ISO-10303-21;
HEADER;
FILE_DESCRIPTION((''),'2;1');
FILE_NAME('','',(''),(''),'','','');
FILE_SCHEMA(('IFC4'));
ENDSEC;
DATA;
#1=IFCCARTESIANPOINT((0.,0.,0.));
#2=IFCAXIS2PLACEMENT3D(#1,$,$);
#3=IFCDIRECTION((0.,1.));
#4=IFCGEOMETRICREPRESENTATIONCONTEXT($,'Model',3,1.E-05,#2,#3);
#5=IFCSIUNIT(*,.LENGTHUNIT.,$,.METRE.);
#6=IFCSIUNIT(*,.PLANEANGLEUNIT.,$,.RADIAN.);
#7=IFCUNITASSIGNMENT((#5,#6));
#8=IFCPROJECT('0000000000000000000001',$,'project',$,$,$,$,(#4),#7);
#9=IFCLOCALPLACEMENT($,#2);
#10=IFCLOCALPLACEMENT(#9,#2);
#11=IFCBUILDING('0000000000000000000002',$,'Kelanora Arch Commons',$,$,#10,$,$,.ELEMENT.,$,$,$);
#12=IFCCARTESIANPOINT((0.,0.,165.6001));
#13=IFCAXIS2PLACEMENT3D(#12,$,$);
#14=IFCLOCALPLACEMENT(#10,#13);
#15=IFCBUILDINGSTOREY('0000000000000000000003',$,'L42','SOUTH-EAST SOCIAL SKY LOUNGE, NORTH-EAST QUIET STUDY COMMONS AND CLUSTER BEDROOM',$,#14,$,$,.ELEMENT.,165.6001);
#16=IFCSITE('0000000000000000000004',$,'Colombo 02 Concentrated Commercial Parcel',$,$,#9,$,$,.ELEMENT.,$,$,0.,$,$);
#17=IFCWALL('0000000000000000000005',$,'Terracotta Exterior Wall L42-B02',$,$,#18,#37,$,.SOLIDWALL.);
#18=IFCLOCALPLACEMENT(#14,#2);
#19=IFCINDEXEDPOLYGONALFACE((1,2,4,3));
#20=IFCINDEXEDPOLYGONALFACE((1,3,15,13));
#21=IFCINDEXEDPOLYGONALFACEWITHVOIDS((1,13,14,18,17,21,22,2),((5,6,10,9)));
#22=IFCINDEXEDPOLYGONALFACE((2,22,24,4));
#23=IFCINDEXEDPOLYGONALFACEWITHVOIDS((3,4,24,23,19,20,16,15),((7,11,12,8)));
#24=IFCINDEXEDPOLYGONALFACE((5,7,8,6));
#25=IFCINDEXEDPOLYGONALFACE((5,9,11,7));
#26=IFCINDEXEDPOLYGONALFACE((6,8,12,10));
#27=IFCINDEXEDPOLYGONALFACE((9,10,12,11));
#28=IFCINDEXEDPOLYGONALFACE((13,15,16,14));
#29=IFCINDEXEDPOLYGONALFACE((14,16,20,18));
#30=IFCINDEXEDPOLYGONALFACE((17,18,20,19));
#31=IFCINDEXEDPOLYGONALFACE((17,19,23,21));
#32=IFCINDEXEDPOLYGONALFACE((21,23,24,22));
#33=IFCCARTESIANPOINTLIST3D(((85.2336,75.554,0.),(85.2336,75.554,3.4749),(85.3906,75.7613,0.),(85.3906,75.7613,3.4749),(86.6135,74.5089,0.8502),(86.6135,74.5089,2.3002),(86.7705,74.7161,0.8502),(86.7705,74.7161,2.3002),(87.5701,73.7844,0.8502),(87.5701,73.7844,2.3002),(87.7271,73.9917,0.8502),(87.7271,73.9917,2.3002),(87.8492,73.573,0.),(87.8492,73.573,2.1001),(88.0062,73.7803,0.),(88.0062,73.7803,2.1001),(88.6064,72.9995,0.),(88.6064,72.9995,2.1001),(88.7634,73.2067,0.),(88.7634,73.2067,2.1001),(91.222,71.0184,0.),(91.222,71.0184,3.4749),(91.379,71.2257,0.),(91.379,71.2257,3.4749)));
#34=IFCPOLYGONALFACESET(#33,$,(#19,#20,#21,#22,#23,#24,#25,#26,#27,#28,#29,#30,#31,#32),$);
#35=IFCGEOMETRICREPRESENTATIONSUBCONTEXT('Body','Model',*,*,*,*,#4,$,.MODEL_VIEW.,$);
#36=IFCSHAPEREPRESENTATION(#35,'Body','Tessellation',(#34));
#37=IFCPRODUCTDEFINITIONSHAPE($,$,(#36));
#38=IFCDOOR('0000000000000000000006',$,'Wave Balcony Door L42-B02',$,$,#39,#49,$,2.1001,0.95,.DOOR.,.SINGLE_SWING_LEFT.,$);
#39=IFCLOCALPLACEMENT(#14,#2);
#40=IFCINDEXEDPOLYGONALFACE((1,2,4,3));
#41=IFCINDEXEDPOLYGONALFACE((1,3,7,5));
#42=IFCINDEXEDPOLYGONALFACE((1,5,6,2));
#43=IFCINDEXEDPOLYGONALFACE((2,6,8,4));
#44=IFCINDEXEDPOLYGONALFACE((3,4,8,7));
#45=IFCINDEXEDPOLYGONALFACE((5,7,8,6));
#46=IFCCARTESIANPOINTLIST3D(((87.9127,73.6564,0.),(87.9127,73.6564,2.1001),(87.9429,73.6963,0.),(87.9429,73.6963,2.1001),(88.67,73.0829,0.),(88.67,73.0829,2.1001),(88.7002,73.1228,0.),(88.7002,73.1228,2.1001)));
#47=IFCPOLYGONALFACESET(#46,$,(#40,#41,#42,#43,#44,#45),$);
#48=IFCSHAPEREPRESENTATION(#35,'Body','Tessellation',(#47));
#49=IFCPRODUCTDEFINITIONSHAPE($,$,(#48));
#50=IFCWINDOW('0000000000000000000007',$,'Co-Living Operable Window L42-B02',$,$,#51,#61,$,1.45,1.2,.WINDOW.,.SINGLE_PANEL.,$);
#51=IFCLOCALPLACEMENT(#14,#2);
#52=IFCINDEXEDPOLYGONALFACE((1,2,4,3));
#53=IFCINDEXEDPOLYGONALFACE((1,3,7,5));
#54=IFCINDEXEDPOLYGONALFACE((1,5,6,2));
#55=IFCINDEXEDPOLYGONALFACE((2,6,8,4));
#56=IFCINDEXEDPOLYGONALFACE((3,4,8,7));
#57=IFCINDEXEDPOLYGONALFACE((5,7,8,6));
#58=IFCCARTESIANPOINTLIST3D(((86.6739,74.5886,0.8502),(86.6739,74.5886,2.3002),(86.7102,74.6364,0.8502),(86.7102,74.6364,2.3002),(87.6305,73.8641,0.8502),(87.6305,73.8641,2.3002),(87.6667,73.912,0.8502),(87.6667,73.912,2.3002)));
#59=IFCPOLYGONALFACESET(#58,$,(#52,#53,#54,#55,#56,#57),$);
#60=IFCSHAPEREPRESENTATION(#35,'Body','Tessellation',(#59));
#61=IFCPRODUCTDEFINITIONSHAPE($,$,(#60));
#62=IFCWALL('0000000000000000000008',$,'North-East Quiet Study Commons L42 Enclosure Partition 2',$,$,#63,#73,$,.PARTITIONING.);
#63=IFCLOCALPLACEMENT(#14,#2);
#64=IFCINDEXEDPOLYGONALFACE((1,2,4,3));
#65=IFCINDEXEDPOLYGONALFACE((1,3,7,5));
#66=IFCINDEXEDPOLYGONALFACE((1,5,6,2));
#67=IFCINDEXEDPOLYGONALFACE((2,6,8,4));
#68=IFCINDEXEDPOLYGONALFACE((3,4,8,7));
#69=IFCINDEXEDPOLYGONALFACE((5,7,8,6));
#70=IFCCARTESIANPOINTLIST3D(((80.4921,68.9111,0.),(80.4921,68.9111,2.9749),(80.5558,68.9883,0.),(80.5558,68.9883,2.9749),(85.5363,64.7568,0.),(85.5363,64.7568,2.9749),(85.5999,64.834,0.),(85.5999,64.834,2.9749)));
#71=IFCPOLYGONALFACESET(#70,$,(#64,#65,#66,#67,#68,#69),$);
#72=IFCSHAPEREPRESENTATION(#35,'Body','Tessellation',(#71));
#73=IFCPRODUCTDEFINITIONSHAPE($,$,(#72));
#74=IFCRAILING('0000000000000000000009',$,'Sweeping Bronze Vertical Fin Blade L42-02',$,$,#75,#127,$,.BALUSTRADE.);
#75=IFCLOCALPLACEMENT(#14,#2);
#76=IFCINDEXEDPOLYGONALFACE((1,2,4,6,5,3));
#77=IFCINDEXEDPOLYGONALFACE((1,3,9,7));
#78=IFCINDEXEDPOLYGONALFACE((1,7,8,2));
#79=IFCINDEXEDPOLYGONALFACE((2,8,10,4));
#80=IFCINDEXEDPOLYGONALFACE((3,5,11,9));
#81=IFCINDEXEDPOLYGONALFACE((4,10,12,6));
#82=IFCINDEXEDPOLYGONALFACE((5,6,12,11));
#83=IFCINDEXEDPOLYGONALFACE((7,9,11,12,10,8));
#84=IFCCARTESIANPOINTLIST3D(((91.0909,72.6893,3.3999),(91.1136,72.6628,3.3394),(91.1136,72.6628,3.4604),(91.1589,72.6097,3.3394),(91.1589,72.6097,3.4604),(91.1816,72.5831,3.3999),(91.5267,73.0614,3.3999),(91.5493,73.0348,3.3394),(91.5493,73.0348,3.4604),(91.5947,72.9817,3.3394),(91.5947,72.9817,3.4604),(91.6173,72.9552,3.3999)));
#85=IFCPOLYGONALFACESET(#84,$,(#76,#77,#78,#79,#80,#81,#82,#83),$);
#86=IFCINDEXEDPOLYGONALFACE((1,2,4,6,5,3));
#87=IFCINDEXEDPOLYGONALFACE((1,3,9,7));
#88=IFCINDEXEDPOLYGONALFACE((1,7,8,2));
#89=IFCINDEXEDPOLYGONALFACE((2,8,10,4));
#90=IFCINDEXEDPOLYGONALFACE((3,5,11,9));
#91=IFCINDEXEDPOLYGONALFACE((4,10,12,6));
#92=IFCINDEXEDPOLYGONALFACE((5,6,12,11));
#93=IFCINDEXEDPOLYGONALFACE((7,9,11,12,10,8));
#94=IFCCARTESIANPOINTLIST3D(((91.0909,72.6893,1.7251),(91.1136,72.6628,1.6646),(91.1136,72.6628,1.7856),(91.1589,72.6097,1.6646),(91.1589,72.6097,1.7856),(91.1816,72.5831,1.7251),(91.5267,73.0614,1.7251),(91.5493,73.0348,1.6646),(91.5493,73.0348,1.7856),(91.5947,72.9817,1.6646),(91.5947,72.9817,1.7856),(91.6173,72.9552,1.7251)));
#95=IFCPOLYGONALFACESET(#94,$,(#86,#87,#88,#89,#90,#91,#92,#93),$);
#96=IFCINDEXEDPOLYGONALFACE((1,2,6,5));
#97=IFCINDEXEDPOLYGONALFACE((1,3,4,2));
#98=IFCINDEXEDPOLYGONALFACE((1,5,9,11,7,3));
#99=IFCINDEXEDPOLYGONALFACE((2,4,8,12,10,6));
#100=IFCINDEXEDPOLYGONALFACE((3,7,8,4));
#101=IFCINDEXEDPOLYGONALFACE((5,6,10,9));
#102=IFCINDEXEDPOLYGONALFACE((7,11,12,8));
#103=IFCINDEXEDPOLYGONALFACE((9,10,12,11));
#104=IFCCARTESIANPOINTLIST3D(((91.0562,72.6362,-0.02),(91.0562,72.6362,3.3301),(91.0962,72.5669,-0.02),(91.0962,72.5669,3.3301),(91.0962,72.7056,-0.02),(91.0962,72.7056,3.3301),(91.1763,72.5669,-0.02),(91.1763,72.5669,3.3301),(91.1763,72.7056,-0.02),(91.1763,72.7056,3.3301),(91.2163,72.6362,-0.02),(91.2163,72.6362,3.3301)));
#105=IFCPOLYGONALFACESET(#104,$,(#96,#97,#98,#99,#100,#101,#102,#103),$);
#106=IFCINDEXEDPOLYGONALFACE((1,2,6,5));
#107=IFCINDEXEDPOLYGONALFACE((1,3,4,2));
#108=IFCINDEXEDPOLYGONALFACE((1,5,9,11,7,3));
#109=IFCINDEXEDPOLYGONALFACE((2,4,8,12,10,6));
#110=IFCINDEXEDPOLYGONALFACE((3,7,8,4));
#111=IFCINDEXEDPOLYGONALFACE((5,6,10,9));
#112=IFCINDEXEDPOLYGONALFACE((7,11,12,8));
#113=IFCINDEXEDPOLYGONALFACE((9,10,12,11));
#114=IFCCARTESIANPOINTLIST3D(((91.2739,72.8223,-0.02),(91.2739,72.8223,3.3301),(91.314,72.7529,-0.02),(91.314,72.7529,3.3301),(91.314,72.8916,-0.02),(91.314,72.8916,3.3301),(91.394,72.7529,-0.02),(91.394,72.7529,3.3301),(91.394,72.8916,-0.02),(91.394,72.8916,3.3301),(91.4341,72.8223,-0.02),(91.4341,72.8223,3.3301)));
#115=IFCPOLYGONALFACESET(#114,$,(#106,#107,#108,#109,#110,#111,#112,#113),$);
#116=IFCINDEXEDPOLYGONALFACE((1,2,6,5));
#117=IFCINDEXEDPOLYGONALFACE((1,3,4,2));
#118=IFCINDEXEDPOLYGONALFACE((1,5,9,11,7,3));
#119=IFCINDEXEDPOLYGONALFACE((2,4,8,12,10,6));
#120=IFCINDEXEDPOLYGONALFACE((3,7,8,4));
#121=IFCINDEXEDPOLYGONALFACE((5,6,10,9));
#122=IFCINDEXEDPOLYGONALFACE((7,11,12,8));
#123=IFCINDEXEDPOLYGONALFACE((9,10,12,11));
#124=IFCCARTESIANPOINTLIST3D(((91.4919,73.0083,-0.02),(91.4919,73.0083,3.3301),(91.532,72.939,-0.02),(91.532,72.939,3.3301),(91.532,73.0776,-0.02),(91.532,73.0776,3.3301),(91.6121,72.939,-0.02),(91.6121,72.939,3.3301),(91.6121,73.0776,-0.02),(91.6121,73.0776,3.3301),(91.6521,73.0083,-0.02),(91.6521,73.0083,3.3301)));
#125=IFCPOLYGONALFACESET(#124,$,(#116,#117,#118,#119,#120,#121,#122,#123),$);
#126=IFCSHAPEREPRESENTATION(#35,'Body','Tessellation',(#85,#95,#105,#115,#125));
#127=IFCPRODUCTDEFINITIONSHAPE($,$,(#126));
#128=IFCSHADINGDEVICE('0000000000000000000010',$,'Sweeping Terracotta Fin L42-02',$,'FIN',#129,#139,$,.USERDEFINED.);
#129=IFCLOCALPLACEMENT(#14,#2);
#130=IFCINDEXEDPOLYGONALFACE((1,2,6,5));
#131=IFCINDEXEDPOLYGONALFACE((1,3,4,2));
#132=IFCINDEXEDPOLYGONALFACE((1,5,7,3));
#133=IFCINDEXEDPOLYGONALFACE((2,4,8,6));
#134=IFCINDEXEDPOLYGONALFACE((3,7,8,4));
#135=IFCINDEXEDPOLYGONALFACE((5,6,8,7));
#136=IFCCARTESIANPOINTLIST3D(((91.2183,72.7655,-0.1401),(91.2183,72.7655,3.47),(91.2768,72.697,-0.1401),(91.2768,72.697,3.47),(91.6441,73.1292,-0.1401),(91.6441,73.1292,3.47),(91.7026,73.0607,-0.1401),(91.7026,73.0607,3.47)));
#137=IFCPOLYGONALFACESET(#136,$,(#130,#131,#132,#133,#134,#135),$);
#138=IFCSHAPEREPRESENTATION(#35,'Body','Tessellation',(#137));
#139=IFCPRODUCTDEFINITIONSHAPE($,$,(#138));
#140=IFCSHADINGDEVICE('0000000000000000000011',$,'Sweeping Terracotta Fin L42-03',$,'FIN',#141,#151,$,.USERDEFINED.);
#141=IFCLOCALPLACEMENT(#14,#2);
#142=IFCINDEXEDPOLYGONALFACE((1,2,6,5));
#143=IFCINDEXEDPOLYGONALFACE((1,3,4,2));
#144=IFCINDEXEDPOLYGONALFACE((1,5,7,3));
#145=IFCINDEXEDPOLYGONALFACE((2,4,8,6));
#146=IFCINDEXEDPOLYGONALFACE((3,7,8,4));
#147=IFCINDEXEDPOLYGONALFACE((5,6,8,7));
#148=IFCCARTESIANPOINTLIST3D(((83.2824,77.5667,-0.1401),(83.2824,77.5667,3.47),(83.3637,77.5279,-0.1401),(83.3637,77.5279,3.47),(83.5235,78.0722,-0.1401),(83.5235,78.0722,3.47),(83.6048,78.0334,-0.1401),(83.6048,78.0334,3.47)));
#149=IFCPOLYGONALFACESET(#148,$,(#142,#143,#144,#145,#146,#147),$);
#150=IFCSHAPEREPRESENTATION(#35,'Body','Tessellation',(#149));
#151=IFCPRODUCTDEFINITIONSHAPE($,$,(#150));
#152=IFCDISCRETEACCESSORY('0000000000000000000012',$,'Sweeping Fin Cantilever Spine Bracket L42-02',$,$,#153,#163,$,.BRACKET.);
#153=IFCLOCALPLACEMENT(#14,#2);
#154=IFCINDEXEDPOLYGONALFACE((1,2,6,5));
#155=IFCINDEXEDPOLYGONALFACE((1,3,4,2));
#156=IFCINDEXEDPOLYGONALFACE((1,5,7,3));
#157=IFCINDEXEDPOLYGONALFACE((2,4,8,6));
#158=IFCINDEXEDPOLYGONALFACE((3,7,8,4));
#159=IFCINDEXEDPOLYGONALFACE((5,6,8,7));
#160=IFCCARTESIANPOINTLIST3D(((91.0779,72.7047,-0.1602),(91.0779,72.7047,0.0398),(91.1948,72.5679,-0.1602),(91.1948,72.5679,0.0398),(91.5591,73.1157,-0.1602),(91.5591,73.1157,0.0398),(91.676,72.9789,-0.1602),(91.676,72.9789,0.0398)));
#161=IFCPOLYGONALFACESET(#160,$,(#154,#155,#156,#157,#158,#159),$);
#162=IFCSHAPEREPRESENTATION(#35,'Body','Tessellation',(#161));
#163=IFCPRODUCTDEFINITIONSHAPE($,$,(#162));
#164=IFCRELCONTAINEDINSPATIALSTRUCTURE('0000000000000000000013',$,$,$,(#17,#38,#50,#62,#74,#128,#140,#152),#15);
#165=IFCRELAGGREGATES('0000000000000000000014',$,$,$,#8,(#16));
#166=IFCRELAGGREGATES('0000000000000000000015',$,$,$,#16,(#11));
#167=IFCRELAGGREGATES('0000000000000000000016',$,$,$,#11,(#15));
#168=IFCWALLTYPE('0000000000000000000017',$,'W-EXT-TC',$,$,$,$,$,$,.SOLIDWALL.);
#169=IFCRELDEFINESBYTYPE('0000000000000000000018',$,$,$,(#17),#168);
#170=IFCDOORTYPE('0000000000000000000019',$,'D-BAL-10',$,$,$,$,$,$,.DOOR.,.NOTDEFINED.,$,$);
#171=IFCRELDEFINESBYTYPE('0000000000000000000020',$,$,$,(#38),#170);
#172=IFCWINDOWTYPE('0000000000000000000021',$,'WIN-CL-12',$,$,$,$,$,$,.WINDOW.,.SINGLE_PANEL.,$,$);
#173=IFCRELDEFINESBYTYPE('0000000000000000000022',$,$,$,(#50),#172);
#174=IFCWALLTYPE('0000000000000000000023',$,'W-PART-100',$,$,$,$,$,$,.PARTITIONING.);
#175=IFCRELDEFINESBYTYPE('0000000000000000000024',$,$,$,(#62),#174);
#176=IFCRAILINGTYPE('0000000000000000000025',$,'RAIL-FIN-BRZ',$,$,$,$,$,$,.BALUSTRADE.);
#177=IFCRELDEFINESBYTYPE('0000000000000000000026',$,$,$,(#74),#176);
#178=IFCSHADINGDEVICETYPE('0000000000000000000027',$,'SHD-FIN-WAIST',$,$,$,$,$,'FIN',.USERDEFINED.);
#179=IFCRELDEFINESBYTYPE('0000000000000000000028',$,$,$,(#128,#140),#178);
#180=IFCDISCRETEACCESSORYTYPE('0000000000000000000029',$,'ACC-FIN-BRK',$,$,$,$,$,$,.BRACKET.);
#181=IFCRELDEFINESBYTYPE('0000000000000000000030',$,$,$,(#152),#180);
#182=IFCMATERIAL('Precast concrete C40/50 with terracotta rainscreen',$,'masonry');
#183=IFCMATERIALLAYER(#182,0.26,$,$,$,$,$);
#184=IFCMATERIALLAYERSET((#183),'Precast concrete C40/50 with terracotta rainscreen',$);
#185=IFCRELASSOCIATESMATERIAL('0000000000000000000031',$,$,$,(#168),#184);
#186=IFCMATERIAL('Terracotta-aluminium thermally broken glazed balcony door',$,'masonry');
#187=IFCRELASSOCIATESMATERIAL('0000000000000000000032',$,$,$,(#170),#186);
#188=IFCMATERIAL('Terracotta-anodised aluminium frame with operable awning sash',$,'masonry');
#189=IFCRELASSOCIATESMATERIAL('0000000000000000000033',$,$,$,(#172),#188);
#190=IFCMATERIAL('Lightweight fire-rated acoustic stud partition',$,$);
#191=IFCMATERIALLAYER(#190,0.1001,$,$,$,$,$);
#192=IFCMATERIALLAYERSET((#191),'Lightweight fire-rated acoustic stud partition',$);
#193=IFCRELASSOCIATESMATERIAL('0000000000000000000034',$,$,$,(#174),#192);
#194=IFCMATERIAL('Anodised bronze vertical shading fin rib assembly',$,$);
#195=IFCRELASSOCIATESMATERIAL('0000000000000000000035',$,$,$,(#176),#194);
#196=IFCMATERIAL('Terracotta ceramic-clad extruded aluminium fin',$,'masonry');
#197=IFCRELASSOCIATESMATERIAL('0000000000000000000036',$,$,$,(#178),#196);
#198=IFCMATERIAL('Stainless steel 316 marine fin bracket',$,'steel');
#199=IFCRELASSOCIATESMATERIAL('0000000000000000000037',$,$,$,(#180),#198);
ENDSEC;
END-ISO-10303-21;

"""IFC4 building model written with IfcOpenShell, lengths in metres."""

from ifc_helpers import new_model, si_unit, direction, frame, frame_2d, origin, origin_2d, place, context, subcontext, project, spatial, polyline, rectangle, outline, extrude, source, transform, mapped, material, layer, layer_set, type_object, element, fill, save


model = new_model("IFC4")

# Units and contexts
model_context = context("Model", 3, precision=1e-05, world=origin(), true_north=direction((0.0, 1.0)))
body_context = subcontext(model_context, "Body", "Model", "MODEL_VIEW")
ifc_project = project(units=[si_unit("LENGTHUNIT", "METRE"), si_unit("PLANEANGLEUNIT", "RADIAN")], contexts=[model_context])

# Site, building, storey
site_placement = place(None, origin())
site = spatial("IfcSite", under=ifc_project, at=site_placement, Name="Colombo 02 Concentrated Commercial Parcel", CompositionType="ELEMENT", RefElevation=0.0)
building_placement = place(site_placement, origin())
building = spatial("IfcBuilding", under=site, at=building_placement, Name="Kelanora Arch Commons", CompositionType="ELEMENT")
storey_placement = place(building_placement, frame((0.0, 0.0, 165.6001)))
storey = spatial("IfcBuildingStorey", under=building, at=storey_placement, Name="L42", Description="SOUTH-EAST SOCIAL SKY LOUNGE, NORTH-EAST QUIET STUDY COMMONS AND CLUSTER BEDROOM", CompositionType="ELEMENT", Elevation=165.6001)

# Wall, openings, door, window
ifc_material_1 = material(Name="Precast concrete C40/50 with terracotta rainscreen", Category="masonry")
ifc_layer_1 = layer(ifc_material_1, 0.26)
ifc_layer_set_1 = layer_set([ifc_layer_1], Name="Precast concrete C40/50 with terracotta rainscreen")
wall_type_1 = type_object("IfcWallType", Name="W-EXT-TC", PredefinedType="SOLIDWALL", material=ifc_layer_set_1)
ifc_material_2 = material(Name="Terracotta-aluminium thermally broken glazed balcony door", Category="masonry")
door_type = type_object("IfcDoorType", Name="D-BAL-10", OperationType="NOTDEFINED", PredefinedType="DOOR", material=ifc_material_2)
ifc_material_3 = material(Name="Terracotta-anodised aluminium frame with operable awning sash", Category="masonry")
window_type = type_object("IfcWindowType", Name="WIN-CL-12", PartitioningType="SINGLE_PANEL", PredefinedType="WINDOW", material=ifc_material_3)
wall_1_placement = place(storey_placement, frame((91.3005, 71.1221, 0.0), z_axis=(0.0, 0.0, 1.0), x_axis=(-0.797164, 0.603763, 0.0)))
wall_1 = element("IfcWall", 1, at=wall_1_placement, inside=storey, type_object=wall_type_1, Name="Terracotta Exterior Wall L42-B02", PredefinedType="SOLIDWALL", context=body_context, shape_type="SweptSolid", body=[
    extrude(rectangle(XDim=7.5122, YDim=0.26, at=frame_2d((3.7561, 0.0))), origin(), (0.0, 0.0, 1.0), 3.4749),
])
opening_1_placement = place(wall_1_placement, frame((3.281, 0.0, 0.0)))
opening_1 = element("IfcOpeningElement", 2, at=opening_1_placement, cuts=wall_1, PredefinedType="OPENING", context=body_context, shape_type="SweptSolid", body=[
    extrude(rectangle(XDim=0.95, YDim=2.1001, at=frame_2d((0.4751, 1.05))), frame((0.0, 0.1401, 0.0), z_axis=(0.0, -1.0, 0.0), x_axis=(1.0, 0.0, 0.0)), (0.0, 0.0, 1.0), 0.28),
])
opening_2_placement = place(wall_1_placement, frame((4.5811, 0.0, 0.8501)))
opening_2 = element("IfcOpeningElement", 3, at=opening_2_placement, cuts=wall_1, PredefinedType="OPENING", context=body_context, shape_type="SweptSolid", body=[
    extrude(rectangle(XDim=1.2, YDim=1.45, at=frame_2d((0.6001, 0.7251))), frame((0.0, 0.1401, 0.0), z_axis=(0.0, -1.0, 0.0), x_axis=(1.0, 0.0, 0.0)), (0.0, 0.0, 1.0), 0.28),
])
door_1_placement = place(opening_1_placement, frame((0.95, 0.0, 0.0), z_axis=(0.0, 0.0, 1.0), x_axis=(-1.0, 0.0, 0.0)))
door_1 = element("IfcDoor", 4, at=door_1_placement, inside=storey, type_object=door_type, Name="Wave Balcony Door L42-B02", OperationType="SINGLE_SWING_LEFT", OverallHeight=2.1001, OverallWidth=0.95, PredefinedType="DOOR", context=body_context, shape_type="SweptSolid", body=[
    extrude(rectangle(XDim=0.95, YDim=2.1001, at=frame_2d((0.4751, 1.05))), frame((0.0, 0.0249, 0.0), z_axis=(0.0, -1.0, 0.0), x_axis=(1.0, 0.0, 0.0)), (0.0, 0.0, 1.0), 0.05),
])
fill(opening_1, door_1)
window_1_placement = place(opening_2_placement, origin())
window_1 = element("IfcWindow", 5, at=window_1_placement, inside=storey, type_object=window_type, Name="Co-Living Operable Window L42-B02", OverallHeight=1.45, OverallWidth=1.2, PartitioningType="SINGLE_PANEL", PredefinedType="WINDOW", context=body_context, shape_type="SweptSolid", body=[
    extrude(rectangle(XDim=1.2, YDim=1.45, at=frame_2d((0.6001, 0.7251))), frame((0.0, 0.03, 0.0), z_axis=(0.0, -1.0, 0.0), x_axis=(1.0, 0.0, 0.0)), (0.0, 0.0, 1.0), 0.0601),
])
fill(opening_2, window_1)

# Wall
ifc_material_4 = material(Name="Lightweight fire-rated acoustic stud partition")
ifc_layer_2 = layer(ifc_material_4, 0.1001)
ifc_layer_set_2 = layer_set([ifc_layer_2], Name="Lightweight fire-rated acoustic stud partition")
wall_type_2 = type_object("IfcWallType", Name="W-PART-100", PredefinedType="PARTITIONING", material=ifc_layer_set_2)
wall_2_placement = place(storey_placement, frame((85.5681, 64.7954, 0.0), z_axis=(0.0, 0.0, 1.0), x_axis=(-0.771911, 0.635731, 0.0)))
element("IfcWall", 6, at=wall_2_placement, inside=storey, type_object=wall_type_2, Name="North-East Quiet Study Commons L42 Enclosure Partition 2", PredefinedType="PARTITIONING", context=body_context, shape_type="SweptSolid", body=[
    extrude(rectangle(XDim=6.5347, YDim=0.1001, at=frame_2d((3.2673, 0.0))), origin(), (0.0, 0.0, 1.0), 2.9749),
])

# Railing
ifc_material_5 = material(Name="Anodised bronze vertical shading fin rib assembly")
railing_type = type_object("IfcRailingType", Name="RAIL-FIN-BRZ", PredefinedType="BALUSTRADE", material=ifc_material_5)
railing_placement = place(storey_placement, frame((91.1362, 72.6362, -0.02)))
element("IfcRailing", 7, at=railing_placement, inside=storey, type_object=railing_type, Name="Sweeping Bronze Vertical Fin Blade L42-02", PredefinedType="BALUSTRADE", context=body_context, shape_type="SweptSolid", body=[
    extrude(outline(polyline([(0.0698, 0.0), (0.0349, 0.0605), (-0.0349, 0.0605), (-0.0698, 0.0), (-0.0349, -0.0605), (0.0349, -0.0605), (0.0698, 0.0)])), frame((0.0, 0.0, 3.4199), z_axis=(0.760518, 0.649316, 0.0), x_axis=(-0.649316, 0.760518, 0.0)), (0.0, 0.0, 1.0), 0.573),
    extrude(outline(polyline([(0.0698, 0.0), (0.0349, 0.0605), (-0.0349, 0.0605), (-0.0698, 0.0), (-0.0349, -0.0605), (0.0349, -0.0605), (0.0698, 0.0)])), frame((0.0, 0.0, 1.7451), z_axis=(0.760518, 0.649316, 0.0), x_axis=(-0.649316, 0.760518, 0.0)), (0.0, 0.0, 1.0), 0.573),
    extrude(outline(polyline([(0.0801, 0.0), (0.04, 0.0693), (-0.04, 0.0693), (-0.0801, 0.0), (-0.04, -0.0693), (0.04, -0.0693), (0.0801, 0.0)])), origin(), (0.0, 0.0, 1.0), 3.3501),
    extrude(outline(polyline([(0.0801, 0.0), (0.04, 0.0693), (-0.04, 0.0693), (-0.0801, 0.0), (-0.04, -0.0693), (0.04, -0.0693), (0.0801, 0.0)])), frame((0.2178, 0.186, 0.0)), (0.0, 0.0, 1.0), 3.3501),
    extrude(outline(polyline([(0.0801, 0.0), (0.04, 0.0693), (-0.04, 0.0693), (-0.0801, 0.0), (-0.04, -0.0693), (0.04, -0.0693), (0.0801, 0.0)])), frame((0.4358, 0.3721, 0.0)), (0.0, 0.0, 1.0), 3.3501),
])

# Shading devices
ifc_material_6 = material(Name="Terracotta ceramic-clad extruded aluminium fin", Category="masonry")
shading_device_type = type_object("IfcShadingDeviceType", Name="SHD-FIN-WAIST", ElementType="FIN", PredefinedType="USERDEFINED", material=ifc_material_6)
shared_shape_1 = source(origin(), body_context, "Body", "SweptSolid", [
    extrude(rectangle(XDim=0.5601, YDim=0.0901, at=origin_2d()), origin(), (0.0, 0.0, 1.0), 3.6101),
])
for number, where, z_axis, x_axis, name in (
    (8, (91.4604, 72.9131, -0.1401), (0.0, 0.0, 1.0), (0.760406, 0.649448, 0.0), "Sweeping Terracotta Fin L42-02"),
    (9, (83.4436, 77.8, -0.1401), (0.0, 0.0, 1.0), (0.430511, 0.902585, 0.0), "Sweeping Terracotta Fin L42-03"),
):
    element("IfcShadingDevice", number, at=place(storey_placement, frame(where, z_axis=z_axis, x_axis=x_axis)), inside=storey, type_object=shading_device_type, Name=name, ObjectType="FIN", PredefinedType="USERDEFINED", context=body_context, shape_type="MappedRepresentation", body=[
        mapped(shared_shape_1, transform((0.0, 0.0, 0.0), scale=1.0)),
    ])

# Discrete accessory
ifc_material_7 = material(Name="Stainless steel 316 marine fin bracket", Category="steel")
discrete_accessory_type = type_object("IfcDiscreteAccessoryType", Name="ACC-FIN-BRK", PredefinedType="BRACKET", material=ifc_material_7)
shared_shape_2 = source(origin(), body_context, "Body", "SweptSolid", [
    extrude(rectangle(XDim=0.6328, YDim=0.1799, at=origin_2d()), origin(), (0.0, 0.0, 1.0), 0.2),
])
discrete_accessory_placement = place(storey_placement, frame((91.377, 72.8418, -0.1602), z_axis=(0.0, 0.0, 1.0), x_axis=(0.760406, 0.649448, 0.0)))
element("IfcDiscreteAccessory", 10, at=discrete_accessory_placement, inside=storey, type_object=discrete_accessory_type, Name="Sweeping Fin Cantilever Spine Bracket L42-02", PredefinedType="BRACKET", context=body_context, shape_type="MappedRepresentation", body=[
    mapped(shared_shape_2, transform((0.0, 0.0, 0.0), scale=1.0)),
])

save(model, "model.ifc")
